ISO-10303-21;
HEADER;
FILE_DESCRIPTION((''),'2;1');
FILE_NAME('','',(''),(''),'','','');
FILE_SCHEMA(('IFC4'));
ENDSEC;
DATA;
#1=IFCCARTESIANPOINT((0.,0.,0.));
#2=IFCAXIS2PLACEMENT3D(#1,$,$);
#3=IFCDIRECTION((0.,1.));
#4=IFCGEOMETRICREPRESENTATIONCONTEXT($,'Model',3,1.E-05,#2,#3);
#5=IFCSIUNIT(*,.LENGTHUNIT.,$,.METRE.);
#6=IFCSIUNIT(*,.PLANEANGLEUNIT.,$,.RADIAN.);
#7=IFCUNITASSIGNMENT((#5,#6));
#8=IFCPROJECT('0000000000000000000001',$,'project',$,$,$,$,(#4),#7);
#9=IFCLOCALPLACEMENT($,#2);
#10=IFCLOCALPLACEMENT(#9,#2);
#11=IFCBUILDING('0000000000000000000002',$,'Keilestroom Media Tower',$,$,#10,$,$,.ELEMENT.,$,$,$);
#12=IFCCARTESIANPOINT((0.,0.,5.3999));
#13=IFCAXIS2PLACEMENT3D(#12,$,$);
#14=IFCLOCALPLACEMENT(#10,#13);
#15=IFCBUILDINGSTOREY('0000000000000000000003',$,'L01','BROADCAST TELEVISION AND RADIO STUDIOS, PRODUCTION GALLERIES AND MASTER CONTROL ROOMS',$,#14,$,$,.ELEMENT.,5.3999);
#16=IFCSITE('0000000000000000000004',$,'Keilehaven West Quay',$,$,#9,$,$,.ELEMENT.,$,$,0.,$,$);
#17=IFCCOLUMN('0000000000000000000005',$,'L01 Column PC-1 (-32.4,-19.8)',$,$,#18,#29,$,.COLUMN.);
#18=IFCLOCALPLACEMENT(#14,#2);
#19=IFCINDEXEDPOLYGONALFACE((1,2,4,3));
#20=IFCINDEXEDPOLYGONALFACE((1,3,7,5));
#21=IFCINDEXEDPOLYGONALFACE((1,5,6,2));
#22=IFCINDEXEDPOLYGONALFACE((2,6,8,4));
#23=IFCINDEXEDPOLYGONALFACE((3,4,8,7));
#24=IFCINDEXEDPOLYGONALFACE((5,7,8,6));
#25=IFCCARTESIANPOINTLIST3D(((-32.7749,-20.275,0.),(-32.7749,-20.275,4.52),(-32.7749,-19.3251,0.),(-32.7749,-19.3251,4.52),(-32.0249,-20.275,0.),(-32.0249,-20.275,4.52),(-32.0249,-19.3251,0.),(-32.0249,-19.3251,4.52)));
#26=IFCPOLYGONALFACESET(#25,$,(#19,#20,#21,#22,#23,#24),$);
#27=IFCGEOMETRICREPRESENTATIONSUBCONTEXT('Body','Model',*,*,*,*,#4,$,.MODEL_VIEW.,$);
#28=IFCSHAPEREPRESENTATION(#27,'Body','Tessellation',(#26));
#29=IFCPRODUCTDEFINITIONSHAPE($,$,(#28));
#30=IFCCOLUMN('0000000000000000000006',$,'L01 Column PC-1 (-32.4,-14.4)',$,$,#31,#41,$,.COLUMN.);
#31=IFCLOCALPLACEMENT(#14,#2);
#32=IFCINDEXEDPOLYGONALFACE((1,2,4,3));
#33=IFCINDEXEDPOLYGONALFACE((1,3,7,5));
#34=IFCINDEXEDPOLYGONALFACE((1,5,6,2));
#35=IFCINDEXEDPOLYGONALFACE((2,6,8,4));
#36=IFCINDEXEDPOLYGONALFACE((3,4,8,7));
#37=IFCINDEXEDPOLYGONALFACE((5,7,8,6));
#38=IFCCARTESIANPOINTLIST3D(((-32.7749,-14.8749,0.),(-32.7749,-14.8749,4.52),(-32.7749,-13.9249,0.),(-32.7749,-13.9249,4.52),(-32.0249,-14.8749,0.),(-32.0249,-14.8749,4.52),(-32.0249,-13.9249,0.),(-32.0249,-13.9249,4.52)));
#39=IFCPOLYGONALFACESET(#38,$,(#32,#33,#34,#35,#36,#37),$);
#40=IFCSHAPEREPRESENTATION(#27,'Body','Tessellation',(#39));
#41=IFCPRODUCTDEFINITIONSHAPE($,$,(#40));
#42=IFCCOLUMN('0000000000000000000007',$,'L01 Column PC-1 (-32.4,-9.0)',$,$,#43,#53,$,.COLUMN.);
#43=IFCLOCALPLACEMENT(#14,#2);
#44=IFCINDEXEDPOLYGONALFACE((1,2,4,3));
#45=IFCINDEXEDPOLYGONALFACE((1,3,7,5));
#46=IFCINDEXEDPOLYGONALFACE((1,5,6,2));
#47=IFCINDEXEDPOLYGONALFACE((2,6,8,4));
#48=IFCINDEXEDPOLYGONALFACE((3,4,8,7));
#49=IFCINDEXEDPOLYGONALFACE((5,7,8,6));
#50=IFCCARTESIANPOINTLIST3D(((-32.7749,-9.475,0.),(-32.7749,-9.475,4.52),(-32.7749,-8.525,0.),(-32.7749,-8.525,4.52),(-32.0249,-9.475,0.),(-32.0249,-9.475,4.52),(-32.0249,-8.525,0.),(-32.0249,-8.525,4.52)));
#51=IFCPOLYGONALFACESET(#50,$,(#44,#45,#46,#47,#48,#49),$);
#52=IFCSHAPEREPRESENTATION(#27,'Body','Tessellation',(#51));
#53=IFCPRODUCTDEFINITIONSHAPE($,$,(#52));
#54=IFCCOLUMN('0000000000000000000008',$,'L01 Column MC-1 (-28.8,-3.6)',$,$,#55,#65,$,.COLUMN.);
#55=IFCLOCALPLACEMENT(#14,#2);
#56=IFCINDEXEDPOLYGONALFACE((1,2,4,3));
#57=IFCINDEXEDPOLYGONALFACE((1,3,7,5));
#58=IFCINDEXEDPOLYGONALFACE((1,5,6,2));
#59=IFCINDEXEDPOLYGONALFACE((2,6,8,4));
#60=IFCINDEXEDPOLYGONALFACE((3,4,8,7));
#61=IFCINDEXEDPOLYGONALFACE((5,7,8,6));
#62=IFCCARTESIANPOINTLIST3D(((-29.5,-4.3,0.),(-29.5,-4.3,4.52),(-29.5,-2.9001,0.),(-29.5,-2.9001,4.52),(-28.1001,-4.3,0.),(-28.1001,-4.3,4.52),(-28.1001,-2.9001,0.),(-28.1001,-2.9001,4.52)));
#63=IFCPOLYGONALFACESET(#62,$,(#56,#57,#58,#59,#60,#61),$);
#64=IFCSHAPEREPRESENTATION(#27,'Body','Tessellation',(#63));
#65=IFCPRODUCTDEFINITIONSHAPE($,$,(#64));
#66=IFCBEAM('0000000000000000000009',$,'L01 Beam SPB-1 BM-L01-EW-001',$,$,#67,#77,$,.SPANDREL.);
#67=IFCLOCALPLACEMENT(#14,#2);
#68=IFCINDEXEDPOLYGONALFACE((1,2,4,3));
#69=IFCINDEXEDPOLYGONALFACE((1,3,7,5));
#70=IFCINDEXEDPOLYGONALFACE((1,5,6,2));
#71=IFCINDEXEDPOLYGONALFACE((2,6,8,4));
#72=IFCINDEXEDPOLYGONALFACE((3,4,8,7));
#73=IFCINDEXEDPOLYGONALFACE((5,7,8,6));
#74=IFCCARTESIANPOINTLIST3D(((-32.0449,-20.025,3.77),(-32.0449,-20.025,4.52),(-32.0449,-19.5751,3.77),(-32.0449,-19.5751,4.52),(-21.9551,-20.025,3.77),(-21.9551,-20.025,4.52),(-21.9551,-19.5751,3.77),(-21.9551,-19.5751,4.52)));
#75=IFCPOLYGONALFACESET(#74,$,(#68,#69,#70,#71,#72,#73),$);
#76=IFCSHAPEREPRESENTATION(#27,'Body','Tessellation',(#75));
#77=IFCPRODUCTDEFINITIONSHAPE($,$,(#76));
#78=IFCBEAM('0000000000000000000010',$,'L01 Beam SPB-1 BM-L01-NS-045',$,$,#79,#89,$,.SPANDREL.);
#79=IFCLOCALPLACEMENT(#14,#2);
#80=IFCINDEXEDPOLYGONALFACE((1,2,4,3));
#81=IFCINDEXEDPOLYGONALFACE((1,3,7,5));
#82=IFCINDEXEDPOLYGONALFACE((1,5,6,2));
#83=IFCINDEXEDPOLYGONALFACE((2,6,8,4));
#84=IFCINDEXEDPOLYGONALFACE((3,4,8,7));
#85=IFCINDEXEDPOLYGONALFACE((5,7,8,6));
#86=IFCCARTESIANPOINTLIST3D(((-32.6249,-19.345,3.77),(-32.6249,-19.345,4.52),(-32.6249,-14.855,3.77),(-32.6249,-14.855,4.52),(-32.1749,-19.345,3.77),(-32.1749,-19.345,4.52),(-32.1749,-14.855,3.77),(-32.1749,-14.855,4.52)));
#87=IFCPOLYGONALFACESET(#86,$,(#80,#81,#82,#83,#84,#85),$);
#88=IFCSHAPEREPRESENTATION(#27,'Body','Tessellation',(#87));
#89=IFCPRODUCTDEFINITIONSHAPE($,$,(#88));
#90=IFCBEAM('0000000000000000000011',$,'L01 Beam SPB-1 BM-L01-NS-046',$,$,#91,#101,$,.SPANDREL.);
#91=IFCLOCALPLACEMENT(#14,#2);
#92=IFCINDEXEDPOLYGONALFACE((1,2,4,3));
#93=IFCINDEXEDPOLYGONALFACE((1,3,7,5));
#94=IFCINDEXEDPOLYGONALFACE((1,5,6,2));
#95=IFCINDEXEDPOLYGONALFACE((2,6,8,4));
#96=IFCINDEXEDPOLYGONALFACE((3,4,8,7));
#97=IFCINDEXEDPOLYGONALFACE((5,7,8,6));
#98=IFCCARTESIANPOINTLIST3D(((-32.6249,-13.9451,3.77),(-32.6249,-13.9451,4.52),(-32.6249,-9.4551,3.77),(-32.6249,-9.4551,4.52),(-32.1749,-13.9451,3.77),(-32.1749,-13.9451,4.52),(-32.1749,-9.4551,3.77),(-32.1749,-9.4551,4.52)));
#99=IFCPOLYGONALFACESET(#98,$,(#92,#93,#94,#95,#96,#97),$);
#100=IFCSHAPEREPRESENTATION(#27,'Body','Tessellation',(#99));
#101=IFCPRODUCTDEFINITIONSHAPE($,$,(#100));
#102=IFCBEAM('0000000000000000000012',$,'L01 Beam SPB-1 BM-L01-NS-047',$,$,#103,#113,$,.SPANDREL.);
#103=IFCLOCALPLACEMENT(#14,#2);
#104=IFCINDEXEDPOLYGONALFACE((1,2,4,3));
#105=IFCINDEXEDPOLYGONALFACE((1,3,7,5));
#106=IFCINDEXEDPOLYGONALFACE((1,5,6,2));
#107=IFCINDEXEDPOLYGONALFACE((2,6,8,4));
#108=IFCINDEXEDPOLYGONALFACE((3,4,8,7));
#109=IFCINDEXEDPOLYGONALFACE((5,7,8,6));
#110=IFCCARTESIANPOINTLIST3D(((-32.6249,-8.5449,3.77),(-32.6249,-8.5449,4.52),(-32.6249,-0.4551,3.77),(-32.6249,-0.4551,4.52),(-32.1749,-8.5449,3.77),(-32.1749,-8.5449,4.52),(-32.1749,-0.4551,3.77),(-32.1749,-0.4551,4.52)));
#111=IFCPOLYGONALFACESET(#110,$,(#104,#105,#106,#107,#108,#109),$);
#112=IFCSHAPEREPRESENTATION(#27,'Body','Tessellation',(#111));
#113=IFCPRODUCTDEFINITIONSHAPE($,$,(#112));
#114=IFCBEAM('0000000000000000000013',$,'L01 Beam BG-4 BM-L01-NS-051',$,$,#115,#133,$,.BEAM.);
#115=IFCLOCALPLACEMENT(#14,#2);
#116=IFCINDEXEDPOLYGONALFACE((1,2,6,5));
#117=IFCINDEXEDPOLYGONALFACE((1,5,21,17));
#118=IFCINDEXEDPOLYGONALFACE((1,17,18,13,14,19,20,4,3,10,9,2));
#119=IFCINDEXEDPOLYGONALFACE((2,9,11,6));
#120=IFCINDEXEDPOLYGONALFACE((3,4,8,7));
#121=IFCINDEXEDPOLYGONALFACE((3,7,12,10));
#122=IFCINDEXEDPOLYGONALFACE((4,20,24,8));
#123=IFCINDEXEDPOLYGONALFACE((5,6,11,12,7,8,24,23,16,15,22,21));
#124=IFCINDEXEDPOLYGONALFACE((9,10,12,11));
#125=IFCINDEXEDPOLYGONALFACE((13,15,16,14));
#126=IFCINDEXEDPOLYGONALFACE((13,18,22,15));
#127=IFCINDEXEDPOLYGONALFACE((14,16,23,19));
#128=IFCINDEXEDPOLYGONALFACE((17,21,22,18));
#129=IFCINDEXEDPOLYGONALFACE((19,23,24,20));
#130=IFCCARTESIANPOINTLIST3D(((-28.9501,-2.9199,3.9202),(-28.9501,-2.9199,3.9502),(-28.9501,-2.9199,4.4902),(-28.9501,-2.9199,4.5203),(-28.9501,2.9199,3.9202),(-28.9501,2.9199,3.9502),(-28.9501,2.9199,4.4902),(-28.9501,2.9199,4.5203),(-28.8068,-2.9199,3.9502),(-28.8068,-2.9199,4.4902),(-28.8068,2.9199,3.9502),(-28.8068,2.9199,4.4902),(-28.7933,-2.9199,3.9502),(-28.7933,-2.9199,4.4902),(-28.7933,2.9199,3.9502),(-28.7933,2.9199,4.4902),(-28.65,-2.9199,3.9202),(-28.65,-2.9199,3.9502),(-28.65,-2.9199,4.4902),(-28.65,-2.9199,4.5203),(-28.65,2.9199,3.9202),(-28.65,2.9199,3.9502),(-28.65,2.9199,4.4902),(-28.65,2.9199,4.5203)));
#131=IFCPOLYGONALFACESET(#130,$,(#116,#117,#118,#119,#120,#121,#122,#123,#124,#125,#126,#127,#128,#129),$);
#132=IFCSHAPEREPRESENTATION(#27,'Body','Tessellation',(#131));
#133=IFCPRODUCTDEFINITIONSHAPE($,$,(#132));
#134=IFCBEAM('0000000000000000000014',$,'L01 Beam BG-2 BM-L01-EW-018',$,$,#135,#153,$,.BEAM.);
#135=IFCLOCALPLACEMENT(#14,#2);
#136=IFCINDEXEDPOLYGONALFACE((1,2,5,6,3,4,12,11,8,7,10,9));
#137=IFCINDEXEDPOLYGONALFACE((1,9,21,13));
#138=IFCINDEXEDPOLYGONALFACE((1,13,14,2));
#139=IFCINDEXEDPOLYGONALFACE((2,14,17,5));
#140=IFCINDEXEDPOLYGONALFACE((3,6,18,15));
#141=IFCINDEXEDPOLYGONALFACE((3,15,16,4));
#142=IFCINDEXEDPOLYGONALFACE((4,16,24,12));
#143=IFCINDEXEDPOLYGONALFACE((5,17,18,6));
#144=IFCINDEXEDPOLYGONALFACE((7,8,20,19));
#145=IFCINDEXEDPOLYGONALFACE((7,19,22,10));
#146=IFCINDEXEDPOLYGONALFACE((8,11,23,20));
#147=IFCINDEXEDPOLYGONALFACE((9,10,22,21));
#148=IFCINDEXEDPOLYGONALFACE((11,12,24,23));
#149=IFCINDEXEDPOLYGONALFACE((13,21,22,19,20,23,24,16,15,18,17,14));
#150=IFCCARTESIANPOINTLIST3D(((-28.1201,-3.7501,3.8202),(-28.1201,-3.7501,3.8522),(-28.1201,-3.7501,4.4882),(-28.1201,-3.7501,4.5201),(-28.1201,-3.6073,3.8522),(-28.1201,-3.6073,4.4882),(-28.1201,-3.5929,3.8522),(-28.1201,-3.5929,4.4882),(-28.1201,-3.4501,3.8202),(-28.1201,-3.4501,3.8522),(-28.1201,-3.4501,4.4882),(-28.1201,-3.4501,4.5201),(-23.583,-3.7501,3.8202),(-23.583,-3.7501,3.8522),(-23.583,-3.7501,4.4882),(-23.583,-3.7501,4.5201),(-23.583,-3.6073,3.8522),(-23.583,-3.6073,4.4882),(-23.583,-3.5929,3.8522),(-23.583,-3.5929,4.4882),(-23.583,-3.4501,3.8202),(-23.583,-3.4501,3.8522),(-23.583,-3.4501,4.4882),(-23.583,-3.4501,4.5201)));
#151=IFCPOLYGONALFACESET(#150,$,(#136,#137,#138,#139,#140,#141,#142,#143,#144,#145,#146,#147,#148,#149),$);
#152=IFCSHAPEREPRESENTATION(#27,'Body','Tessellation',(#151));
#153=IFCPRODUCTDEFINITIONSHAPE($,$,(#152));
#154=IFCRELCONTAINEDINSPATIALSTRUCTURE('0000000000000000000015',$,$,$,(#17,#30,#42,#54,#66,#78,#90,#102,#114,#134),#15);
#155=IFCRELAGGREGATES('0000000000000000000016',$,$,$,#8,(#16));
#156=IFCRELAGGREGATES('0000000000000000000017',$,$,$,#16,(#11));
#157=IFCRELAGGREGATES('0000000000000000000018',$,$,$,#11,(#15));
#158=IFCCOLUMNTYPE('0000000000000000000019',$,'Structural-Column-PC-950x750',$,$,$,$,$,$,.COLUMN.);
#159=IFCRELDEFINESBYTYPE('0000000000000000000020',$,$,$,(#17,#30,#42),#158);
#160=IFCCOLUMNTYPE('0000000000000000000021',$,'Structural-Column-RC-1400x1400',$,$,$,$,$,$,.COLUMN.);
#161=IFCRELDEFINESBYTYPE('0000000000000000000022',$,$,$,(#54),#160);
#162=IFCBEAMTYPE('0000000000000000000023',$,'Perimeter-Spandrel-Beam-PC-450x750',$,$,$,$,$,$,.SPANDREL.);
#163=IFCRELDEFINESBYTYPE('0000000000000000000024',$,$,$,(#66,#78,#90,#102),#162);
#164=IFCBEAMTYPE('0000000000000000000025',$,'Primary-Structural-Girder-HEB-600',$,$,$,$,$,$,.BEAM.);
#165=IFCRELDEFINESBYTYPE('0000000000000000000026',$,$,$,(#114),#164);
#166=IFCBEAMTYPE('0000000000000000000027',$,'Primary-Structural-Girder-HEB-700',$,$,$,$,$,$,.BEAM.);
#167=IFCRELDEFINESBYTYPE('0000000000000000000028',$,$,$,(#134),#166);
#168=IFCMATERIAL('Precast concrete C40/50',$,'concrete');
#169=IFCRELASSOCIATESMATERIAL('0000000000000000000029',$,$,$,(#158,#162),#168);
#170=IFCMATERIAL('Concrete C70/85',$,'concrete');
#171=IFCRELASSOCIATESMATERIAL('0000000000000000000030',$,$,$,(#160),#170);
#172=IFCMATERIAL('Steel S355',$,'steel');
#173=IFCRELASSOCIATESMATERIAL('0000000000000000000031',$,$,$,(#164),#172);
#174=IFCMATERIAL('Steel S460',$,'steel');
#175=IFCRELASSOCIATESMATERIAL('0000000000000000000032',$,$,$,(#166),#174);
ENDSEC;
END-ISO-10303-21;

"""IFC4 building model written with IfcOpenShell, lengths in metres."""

from ifc_helpers import new_model, si_unit, direction, frame, origin, origin_2d, place, context, subcontext, project, spatial, rectangle, i_section, extrude, source, transform, mapped, material, material_profile, profile_set, type_object, element, save


model = new_model("IFC4")

# Units and contexts
model_context = context("Model", 3, precision=1e-05, world=origin(), true_north=direction((0.0, 1.0)))
body_context = subcontext(model_context, "Body", "Model", "MODEL_VIEW")
ifc_project = project(units=[si_unit("LENGTHUNIT", "METRE"), si_unit("PLANEANGLEUNIT", "RADIAN")], contexts=[model_context])

# Site, building, storey
site_placement = place(None, origin())
site = spatial("IfcSite", under=ifc_project, at=site_placement, Name="Keilehaven West Quay", CompositionType="ELEMENT", RefElevation=0.0)
building_placement = place(site_placement, origin())
building = spatial("IfcBuilding", under=site, at=building_placement, Name="Keilestroom Media Tower", CompositionType="ELEMENT")
storey_placement = place(building_placement, frame((0.0, 0.0, 5.3999)))
storey = spatial("IfcBuildingStorey", under=building, at=storey_placement, Name="L01", Description="BROADCAST TELEVISION AND RADIO STUDIOS, PRODUCTION GALLERIES AND MASTER CONTROL ROOMS", CompositionType="ELEMENT", Elevation=5.3999)

# Columns
ifc_material_1 = material(Name="Precast concrete C40/50", Category="concrete")
ifc_material_profile_1 = material_profile(ifc_material_1, rectangle(XDim=0.75, YDim=0.95, at=origin_2d()), Name="PC 950x750")
ifc_profile_set_1 = profile_set([ifc_material_profile_1], Name="Precast concrete C40/50")
column_type_1 = type_object("IfcColumnType", Name="Structural-Column-PC-950x750", PredefinedType="COLUMN", material=ifc_profile_set_1)
shared_shape_1 = source(origin(), body_context, "Body", "SweptSolid", [
    extrude(rectangle(XDim=0.75, YDim=0.95, at=origin_2d()), origin(), (0.0, 0.0, 1.0), 4.52),
])
for number, where, z_axis, x_axis, name in (
    (1, (-32.3999, -19.8, 0.0), (0.0, 0.0, 1.0), (1.0, 0.0, 0.0), "L01 Column PC-1 (-32.4,-19.8)"),
    (2, (-32.3999, -14.3999, 0.0), (0.0, 0.0, 1.0), (1.0, 0.0, 0.0), "L01 Column PC-1 (-32.4,-14.4)"),
    (3, (-32.3999, -9.0, 0.0), (0.0, 0.0, 1.0), (1.0, 0.0, 0.0), "L01 Column PC-1 (-32.4,-9.0)"),
):
    element("IfcColumn", number, at=place(storey_placement, frame(where, z_axis=z_axis, x_axis=x_axis)), inside=storey, type_object=column_type_1, Name=name, PredefinedType="COLUMN", context=body_context, shape_type="MappedRepresentation", body=[
        mapped(shared_shape_1, transform((0.0, 0.0, 0.0), x_axis=(1.0, 0.0, 0.0), y_axis=(0.0, 1.0, 0.0), z_axis=(0.0, 0.0, 1.0), scale=1.0)),
    ])
ifc_material_2 = material(Name="Concrete C70/85", Category="concrete")
ifc_material_profile_2 = material_profile(ifc_material_2, rectangle(XDim=1.3999, YDim=1.3999, at=origin_2d()), Name="RC 1400x1400")
ifc_profile_set_2 = profile_set([ifc_material_profile_2], Name="Concrete C70/85")
column_type_2 = type_object("IfcColumnType", Name="Structural-Column-RC-1400x1400", PredefinedType="COLUMN", material=ifc_profile_set_2)
shared_shape_2 = source(origin(), body_context, "Body", "SweptSolid", [
    extrude(rectangle(XDim=1.3999, YDim=1.3999, at=origin_2d()), origin(), (0.0, 0.0, 1.0), 4.52),
])
column_placement = place(storey_placement, frame((-28.8, -3.6001, 0.0), z_axis=(0.0, 0.0, 1.0), x_axis=(1.0, 0.0, 0.0)))
element("IfcColumn", 4, at=column_placement, inside=storey, type_object=column_type_2, Name="L01 Column MC-1 (-28.8,-3.6)", PredefinedType="COLUMN", context=body_context, shape_type="MappedRepresentation", body=[
    mapped(shared_shape_2, transform((0.0, 0.0, 0.0), x_axis=(1.0, 0.0, 0.0), y_axis=(0.0, 1.0, 0.0), z_axis=(0.0, 0.0, 1.0), scale=1.0)),
])

# Beams
ifc_material_profile_3 = material_profile(ifc_material_1, rectangle(XDim=0.45, YDim=0.75, at=origin_2d()), Name="PC 450x750")
ifc_profile_set_3 = profile_set([ifc_material_profile_3], Name="Precast concrete C40/50")
beam_type_1 = type_object("IfcBeamType", Name="Perimeter-Spandrel-Beam-PC-450x750", PredefinedType="SPANDREL", material=ifc_profile_set_3)
shared_shape_3 = source(origin(), body_context, "Body", "SweptSolid", [
    extrude(rectangle(XDim=0.45, YDim=0.75, at=origin_2d()), origin(), (0.0, 0.0, 1.0), 10.0898),
])
beam_1_placement = place(storey_placement, frame((-32.0449, -19.8, 4.145), z_axis=(1.0, 0.0, 0.0), x_axis=(0.0, 1.0, 0.0)))
element("IfcBeam", 5, at=beam_1_placement, inside=storey, type_object=beam_type_1, Name="L01 Beam SPB-1 BM-L01-EW-001", PredefinedType="SPANDREL", context=body_context, shape_type="MappedRepresentation", body=[
    mapped(shared_shape_3, transform((0.0, 0.0, 0.0), x_axis=(1.0, 0.0, 0.0), y_axis=(0.0, 1.0, 0.0), z_axis=(0.0, 0.0, 1.0), scale=1.0)),
])
shared_shape_4 = source(origin(), body_context, "Body", "SweptSolid", [
    extrude(rectangle(XDim=0.45, YDim=0.75, at=origin_2d()), origin(), (0.0, 0.0, 1.0), 4.49),
])
for number, where, z_axis, x_axis, name in (
    (6, (-32.3999, -19.345, 4.145), (0.0, 1.0, 0.0), (-1.0, 0.0, 0.0), "L01 Beam SPB-1 BM-L01-NS-045"),
    (7, (-32.3999, -13.9451, 4.145), (0.0, 1.0, 0.0), (-1.0, 0.0, 0.0), "L01 Beam SPB-1 BM-L01-NS-046"),
):
    element("IfcBeam", number, at=place(storey_placement, frame(where, z_axis=z_axis, x_axis=x_axis)), inside=storey, type_object=beam_type_1, Name=name, PredefinedType="SPANDREL", context=body_context, shape_type="MappedRepresentation", body=[
        mapped(shared_shape_4, transform((0.0, 0.0, 0.0), x_axis=(1.0, 0.0, 0.0), y_axis=(0.0, 1.0, 0.0), z_axis=(0.0, 0.0, 1.0), scale=1.0)),
    ])
shared_shape_5 = source(origin(), body_context, "Body", "SweptSolid", [
    extrude(rectangle(XDim=0.45, YDim=0.75, at=origin_2d()), origin(), (0.0, 0.0, 1.0), 8.0898),
])
beam_2_placement = place(storey_placement, frame((-32.3999, -8.5449, 4.145), z_axis=(0.0, 1.0, 0.0), x_axis=(-1.0, 0.0, 0.0)))
element("IfcBeam", 8, at=beam_2_placement, inside=storey, type_object=beam_type_1, Name="L01 Beam SPB-1 BM-L01-NS-047", PredefinedType="SPANDREL", context=body_context, shape_type="MappedRepresentation", body=[
    mapped(shared_shape_5, transform((0.0, 0.0, 0.0), x_axis=(1.0, 0.0, 0.0), y_axis=(0.0, 1.0, 0.0), z_axis=(0.0, 0.0, 1.0), scale=1.0)),
])
ifc_material_3 = material(Name="Steel S355", Category="steel")
ifc_material_profile_4 = material_profile(ifc_material_3, i_section(OverallWidth=0.3, OverallDepth=0.6001, WebThickness=0.0134, FlangeThickness=0.03, at=origin_2d()), Name="HEB 600")
ifc_profile_set_4 = profile_set([ifc_material_profile_4], Name="Steel S355")
beam_type_2 = type_object("IfcBeamType", Name="Primary-Structural-Girder-HEB-600", PredefinedType="BEAM", material=ifc_profile_set_4)
shared_shape_6 = source(origin(), body_context, "Body", "SweptSolid", [
    extrude(i_section(OverallWidth=0.3, OverallDepth=0.6001, WebThickness=0.0134, FlangeThickness=0.03, at=origin_2d()), origin(), (0.0, 0.0, 1.0), 5.8398),
])
beam_3_placement = place(storey_placement, frame((-28.8, -2.9199, 4.2202), z_axis=(0.0, 1.0, 0.0), x_axis=(-1.0, 0.0, 0.0)))
element("IfcBeam", 9, at=beam_3_placement, inside=storey, type_object=beam_type_2, Name="L01 Beam BG-4 BM-L01-NS-051", PredefinedType="BEAM", context=body_context, shape_type="MappedRepresentation", body=[
    mapped(shared_shape_6, transform((0.0, 0.0, 0.0), x_axis=(1.0, 0.0, 0.0), y_axis=(0.0, 1.0, 0.0), z_axis=(0.0, 0.0, 1.0), scale=1.0)),
])
ifc_material_4 = material(Name="Steel S460", Category="steel")
ifc_material_profile_5 = material_profile(ifc_material_4, i_section(OverallWidth=0.3, OverallDepth=0.7, WebThickness=0.0144, FlangeThickness=0.032, at=origin_2d()), Name="HEB 700")
ifc_profile_set_5 = profile_set([ifc_material_profile_5], Name="Steel S460")
beam_type_3 = type_object("IfcBeamType", Name="Primary-Structural-Girder-HEB-700", PredefinedType="BEAM", material=ifc_profile_set_5)
shared_shape_7 = source(origin(), body_context, "Body", "SweptSolid", [
    extrude(i_section(OverallWidth=0.3, OverallDepth=0.7, WebThickness=0.0144, FlangeThickness=0.032, at=origin_2d()), origin(), (0.0, 0.0, 1.0), 4.5371),
])
beam_4_placement = place(storey_placement, frame((-28.1201, -3.6001, 4.1702), z_axis=(1.0, 0.0, 0.0), x_axis=(0.0, 1.0, 0.0)))
element("IfcBeam", 10, at=beam_4_placement, inside=storey, type_object=beam_type_3, Name="L01 Beam BG-2 BM-L01-EW-018", PredefinedType="BEAM", context=body_context, shape_type="MappedRepresentation", body=[
    mapped(shared_shape_7, transform((0.0, 0.0, 0.0), x_axis=(1.0, 0.0, 0.0), y_axis=(0.0, 1.0, 0.0), z_axis=(0.0, 0.0, 1.0), scale=1.0)),
])

save(model, "model.ifc")
